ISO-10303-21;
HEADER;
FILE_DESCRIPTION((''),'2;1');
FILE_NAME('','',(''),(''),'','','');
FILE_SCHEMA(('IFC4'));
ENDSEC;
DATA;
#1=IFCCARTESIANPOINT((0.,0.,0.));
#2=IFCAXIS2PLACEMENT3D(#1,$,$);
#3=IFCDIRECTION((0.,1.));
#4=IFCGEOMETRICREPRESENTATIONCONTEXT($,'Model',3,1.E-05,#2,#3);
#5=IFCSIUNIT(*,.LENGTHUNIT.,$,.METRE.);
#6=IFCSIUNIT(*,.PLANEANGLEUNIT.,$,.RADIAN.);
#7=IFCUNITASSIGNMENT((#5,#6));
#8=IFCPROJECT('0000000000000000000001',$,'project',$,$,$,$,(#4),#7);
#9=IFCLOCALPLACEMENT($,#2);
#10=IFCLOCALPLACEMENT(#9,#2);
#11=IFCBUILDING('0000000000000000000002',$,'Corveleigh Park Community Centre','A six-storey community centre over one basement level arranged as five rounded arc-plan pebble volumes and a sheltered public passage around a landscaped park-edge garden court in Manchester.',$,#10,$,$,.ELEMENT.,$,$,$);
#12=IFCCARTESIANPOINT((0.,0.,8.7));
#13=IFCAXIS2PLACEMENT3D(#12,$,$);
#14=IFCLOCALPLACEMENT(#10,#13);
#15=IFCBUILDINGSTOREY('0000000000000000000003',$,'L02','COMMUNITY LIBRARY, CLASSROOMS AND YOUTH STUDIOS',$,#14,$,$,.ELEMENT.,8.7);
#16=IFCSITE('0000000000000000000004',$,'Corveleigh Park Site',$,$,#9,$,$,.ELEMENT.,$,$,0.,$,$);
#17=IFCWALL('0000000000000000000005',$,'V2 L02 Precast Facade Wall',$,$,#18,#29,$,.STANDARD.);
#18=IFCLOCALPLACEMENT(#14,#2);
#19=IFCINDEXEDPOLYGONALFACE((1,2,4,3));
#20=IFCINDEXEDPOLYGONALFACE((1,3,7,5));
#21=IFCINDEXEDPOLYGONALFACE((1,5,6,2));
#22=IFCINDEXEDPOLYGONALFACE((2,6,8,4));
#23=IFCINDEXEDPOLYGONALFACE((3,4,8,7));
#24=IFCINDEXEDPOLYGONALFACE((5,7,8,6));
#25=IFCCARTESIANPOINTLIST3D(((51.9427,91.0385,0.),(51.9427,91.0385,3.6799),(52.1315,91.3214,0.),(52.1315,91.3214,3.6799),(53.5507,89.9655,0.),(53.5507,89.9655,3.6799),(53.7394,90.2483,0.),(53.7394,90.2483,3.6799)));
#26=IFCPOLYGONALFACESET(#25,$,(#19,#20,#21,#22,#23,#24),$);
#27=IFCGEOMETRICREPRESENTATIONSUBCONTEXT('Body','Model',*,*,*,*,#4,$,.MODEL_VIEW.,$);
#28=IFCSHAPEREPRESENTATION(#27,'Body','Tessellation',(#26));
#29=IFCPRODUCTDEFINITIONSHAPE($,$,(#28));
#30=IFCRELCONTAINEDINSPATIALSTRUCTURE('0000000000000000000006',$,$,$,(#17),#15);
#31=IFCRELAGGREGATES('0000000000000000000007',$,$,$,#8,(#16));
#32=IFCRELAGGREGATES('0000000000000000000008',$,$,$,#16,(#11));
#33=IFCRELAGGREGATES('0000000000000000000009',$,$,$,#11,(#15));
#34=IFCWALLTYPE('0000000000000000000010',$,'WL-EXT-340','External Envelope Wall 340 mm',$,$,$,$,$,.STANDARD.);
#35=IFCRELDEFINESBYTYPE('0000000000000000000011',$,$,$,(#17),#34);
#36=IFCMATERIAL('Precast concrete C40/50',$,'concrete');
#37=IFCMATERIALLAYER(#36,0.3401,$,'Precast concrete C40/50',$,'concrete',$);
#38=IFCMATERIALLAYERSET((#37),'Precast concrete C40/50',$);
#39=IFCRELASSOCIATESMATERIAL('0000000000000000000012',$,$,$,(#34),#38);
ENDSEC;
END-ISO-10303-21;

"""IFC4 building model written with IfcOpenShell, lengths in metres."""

from ifc_helpers import new_model, si_unit, direction, frame, frame_2d, origin, place, context, subcontext, project, spatial, rectangle, extrude, material, layer, layer_set, type_object, element, save


model = new_model("IFC4")

# Units and contexts
model_context = context("Model", 3, precision=1e-05, world=origin(), true_north=direction((0.0, 1.0)))
body_context = subcontext(model_context, "Body", "Model", "MODEL_VIEW")
ifc_project = project(units=[si_unit("LENGTHUNIT", "METRE"), si_unit("PLANEANGLEUNIT", "RADIAN")], contexts=[model_context])

# Site, building, storey
site_placement = place(None, origin())
site = spatial("IfcSite", under=ifc_project, at=site_placement, Name="Corveleigh Park Site", CompositionType="ELEMENT", RefElevation=0.0)
building_placement = place(site_placement, origin())
building = spatial("IfcBuilding", under=site, at=building_placement, Name="Corveleigh Park Community Centre", Description="A six-storey community centre over one basement level arranged as five rounded arc-plan pebble volumes and a sheltered public passage around a landscaped park-edge garden court in Manchester.", CompositionType="ELEMENT")
storey_placement = place(building_placement, frame((0.0, 0.0, 8.7)))
storey = spatial("IfcBuildingStorey", under=building, at=storey_placement, Name="L02", Description="COMMUNITY LIBRARY, CLASSROOMS AND YOUTH STUDIOS", CompositionType="ELEMENT", Elevation=8.7)

# Wall
ifc_material_1 = material(Name="Precast concrete C40/50", Category="concrete")
ifc_layer_1 = layer(ifc_material_1, 0.3401, Name="Precast concrete C40/50", Category="concrete")
ifc_layer_set_1 = layer_set([ifc_layer_1], Name="Precast concrete C40/50")
wall_type = type_object("IfcWallType", Name="WL-EXT-340", Description="External Envelope Wall 340 mm", PredefinedType="STANDARD", material=ifc_layer_set_1)
wall_placement = place(storey_placement, frame((52.0371, 91.1799, 0.0), z_axis=(0.0, 0.0, 1.0), x_axis=(0.831798, -0.555079, 0.0)))
element("IfcWall", 1, at=wall_placement, inside=storey, type_object=wall_type, Name="V2 L02 Precast Facade Wall", PredefinedType="STANDARD", context=body_context, shape_type="SweptSolid", body=[
    extrude(rectangle(XDim=1.9331, YDim=0.3401, at=frame_2d((0.9666, 0.0))), origin(), (0.0, 0.0, 1.0), 3.6799),
])

save(model, "model.ifc")
